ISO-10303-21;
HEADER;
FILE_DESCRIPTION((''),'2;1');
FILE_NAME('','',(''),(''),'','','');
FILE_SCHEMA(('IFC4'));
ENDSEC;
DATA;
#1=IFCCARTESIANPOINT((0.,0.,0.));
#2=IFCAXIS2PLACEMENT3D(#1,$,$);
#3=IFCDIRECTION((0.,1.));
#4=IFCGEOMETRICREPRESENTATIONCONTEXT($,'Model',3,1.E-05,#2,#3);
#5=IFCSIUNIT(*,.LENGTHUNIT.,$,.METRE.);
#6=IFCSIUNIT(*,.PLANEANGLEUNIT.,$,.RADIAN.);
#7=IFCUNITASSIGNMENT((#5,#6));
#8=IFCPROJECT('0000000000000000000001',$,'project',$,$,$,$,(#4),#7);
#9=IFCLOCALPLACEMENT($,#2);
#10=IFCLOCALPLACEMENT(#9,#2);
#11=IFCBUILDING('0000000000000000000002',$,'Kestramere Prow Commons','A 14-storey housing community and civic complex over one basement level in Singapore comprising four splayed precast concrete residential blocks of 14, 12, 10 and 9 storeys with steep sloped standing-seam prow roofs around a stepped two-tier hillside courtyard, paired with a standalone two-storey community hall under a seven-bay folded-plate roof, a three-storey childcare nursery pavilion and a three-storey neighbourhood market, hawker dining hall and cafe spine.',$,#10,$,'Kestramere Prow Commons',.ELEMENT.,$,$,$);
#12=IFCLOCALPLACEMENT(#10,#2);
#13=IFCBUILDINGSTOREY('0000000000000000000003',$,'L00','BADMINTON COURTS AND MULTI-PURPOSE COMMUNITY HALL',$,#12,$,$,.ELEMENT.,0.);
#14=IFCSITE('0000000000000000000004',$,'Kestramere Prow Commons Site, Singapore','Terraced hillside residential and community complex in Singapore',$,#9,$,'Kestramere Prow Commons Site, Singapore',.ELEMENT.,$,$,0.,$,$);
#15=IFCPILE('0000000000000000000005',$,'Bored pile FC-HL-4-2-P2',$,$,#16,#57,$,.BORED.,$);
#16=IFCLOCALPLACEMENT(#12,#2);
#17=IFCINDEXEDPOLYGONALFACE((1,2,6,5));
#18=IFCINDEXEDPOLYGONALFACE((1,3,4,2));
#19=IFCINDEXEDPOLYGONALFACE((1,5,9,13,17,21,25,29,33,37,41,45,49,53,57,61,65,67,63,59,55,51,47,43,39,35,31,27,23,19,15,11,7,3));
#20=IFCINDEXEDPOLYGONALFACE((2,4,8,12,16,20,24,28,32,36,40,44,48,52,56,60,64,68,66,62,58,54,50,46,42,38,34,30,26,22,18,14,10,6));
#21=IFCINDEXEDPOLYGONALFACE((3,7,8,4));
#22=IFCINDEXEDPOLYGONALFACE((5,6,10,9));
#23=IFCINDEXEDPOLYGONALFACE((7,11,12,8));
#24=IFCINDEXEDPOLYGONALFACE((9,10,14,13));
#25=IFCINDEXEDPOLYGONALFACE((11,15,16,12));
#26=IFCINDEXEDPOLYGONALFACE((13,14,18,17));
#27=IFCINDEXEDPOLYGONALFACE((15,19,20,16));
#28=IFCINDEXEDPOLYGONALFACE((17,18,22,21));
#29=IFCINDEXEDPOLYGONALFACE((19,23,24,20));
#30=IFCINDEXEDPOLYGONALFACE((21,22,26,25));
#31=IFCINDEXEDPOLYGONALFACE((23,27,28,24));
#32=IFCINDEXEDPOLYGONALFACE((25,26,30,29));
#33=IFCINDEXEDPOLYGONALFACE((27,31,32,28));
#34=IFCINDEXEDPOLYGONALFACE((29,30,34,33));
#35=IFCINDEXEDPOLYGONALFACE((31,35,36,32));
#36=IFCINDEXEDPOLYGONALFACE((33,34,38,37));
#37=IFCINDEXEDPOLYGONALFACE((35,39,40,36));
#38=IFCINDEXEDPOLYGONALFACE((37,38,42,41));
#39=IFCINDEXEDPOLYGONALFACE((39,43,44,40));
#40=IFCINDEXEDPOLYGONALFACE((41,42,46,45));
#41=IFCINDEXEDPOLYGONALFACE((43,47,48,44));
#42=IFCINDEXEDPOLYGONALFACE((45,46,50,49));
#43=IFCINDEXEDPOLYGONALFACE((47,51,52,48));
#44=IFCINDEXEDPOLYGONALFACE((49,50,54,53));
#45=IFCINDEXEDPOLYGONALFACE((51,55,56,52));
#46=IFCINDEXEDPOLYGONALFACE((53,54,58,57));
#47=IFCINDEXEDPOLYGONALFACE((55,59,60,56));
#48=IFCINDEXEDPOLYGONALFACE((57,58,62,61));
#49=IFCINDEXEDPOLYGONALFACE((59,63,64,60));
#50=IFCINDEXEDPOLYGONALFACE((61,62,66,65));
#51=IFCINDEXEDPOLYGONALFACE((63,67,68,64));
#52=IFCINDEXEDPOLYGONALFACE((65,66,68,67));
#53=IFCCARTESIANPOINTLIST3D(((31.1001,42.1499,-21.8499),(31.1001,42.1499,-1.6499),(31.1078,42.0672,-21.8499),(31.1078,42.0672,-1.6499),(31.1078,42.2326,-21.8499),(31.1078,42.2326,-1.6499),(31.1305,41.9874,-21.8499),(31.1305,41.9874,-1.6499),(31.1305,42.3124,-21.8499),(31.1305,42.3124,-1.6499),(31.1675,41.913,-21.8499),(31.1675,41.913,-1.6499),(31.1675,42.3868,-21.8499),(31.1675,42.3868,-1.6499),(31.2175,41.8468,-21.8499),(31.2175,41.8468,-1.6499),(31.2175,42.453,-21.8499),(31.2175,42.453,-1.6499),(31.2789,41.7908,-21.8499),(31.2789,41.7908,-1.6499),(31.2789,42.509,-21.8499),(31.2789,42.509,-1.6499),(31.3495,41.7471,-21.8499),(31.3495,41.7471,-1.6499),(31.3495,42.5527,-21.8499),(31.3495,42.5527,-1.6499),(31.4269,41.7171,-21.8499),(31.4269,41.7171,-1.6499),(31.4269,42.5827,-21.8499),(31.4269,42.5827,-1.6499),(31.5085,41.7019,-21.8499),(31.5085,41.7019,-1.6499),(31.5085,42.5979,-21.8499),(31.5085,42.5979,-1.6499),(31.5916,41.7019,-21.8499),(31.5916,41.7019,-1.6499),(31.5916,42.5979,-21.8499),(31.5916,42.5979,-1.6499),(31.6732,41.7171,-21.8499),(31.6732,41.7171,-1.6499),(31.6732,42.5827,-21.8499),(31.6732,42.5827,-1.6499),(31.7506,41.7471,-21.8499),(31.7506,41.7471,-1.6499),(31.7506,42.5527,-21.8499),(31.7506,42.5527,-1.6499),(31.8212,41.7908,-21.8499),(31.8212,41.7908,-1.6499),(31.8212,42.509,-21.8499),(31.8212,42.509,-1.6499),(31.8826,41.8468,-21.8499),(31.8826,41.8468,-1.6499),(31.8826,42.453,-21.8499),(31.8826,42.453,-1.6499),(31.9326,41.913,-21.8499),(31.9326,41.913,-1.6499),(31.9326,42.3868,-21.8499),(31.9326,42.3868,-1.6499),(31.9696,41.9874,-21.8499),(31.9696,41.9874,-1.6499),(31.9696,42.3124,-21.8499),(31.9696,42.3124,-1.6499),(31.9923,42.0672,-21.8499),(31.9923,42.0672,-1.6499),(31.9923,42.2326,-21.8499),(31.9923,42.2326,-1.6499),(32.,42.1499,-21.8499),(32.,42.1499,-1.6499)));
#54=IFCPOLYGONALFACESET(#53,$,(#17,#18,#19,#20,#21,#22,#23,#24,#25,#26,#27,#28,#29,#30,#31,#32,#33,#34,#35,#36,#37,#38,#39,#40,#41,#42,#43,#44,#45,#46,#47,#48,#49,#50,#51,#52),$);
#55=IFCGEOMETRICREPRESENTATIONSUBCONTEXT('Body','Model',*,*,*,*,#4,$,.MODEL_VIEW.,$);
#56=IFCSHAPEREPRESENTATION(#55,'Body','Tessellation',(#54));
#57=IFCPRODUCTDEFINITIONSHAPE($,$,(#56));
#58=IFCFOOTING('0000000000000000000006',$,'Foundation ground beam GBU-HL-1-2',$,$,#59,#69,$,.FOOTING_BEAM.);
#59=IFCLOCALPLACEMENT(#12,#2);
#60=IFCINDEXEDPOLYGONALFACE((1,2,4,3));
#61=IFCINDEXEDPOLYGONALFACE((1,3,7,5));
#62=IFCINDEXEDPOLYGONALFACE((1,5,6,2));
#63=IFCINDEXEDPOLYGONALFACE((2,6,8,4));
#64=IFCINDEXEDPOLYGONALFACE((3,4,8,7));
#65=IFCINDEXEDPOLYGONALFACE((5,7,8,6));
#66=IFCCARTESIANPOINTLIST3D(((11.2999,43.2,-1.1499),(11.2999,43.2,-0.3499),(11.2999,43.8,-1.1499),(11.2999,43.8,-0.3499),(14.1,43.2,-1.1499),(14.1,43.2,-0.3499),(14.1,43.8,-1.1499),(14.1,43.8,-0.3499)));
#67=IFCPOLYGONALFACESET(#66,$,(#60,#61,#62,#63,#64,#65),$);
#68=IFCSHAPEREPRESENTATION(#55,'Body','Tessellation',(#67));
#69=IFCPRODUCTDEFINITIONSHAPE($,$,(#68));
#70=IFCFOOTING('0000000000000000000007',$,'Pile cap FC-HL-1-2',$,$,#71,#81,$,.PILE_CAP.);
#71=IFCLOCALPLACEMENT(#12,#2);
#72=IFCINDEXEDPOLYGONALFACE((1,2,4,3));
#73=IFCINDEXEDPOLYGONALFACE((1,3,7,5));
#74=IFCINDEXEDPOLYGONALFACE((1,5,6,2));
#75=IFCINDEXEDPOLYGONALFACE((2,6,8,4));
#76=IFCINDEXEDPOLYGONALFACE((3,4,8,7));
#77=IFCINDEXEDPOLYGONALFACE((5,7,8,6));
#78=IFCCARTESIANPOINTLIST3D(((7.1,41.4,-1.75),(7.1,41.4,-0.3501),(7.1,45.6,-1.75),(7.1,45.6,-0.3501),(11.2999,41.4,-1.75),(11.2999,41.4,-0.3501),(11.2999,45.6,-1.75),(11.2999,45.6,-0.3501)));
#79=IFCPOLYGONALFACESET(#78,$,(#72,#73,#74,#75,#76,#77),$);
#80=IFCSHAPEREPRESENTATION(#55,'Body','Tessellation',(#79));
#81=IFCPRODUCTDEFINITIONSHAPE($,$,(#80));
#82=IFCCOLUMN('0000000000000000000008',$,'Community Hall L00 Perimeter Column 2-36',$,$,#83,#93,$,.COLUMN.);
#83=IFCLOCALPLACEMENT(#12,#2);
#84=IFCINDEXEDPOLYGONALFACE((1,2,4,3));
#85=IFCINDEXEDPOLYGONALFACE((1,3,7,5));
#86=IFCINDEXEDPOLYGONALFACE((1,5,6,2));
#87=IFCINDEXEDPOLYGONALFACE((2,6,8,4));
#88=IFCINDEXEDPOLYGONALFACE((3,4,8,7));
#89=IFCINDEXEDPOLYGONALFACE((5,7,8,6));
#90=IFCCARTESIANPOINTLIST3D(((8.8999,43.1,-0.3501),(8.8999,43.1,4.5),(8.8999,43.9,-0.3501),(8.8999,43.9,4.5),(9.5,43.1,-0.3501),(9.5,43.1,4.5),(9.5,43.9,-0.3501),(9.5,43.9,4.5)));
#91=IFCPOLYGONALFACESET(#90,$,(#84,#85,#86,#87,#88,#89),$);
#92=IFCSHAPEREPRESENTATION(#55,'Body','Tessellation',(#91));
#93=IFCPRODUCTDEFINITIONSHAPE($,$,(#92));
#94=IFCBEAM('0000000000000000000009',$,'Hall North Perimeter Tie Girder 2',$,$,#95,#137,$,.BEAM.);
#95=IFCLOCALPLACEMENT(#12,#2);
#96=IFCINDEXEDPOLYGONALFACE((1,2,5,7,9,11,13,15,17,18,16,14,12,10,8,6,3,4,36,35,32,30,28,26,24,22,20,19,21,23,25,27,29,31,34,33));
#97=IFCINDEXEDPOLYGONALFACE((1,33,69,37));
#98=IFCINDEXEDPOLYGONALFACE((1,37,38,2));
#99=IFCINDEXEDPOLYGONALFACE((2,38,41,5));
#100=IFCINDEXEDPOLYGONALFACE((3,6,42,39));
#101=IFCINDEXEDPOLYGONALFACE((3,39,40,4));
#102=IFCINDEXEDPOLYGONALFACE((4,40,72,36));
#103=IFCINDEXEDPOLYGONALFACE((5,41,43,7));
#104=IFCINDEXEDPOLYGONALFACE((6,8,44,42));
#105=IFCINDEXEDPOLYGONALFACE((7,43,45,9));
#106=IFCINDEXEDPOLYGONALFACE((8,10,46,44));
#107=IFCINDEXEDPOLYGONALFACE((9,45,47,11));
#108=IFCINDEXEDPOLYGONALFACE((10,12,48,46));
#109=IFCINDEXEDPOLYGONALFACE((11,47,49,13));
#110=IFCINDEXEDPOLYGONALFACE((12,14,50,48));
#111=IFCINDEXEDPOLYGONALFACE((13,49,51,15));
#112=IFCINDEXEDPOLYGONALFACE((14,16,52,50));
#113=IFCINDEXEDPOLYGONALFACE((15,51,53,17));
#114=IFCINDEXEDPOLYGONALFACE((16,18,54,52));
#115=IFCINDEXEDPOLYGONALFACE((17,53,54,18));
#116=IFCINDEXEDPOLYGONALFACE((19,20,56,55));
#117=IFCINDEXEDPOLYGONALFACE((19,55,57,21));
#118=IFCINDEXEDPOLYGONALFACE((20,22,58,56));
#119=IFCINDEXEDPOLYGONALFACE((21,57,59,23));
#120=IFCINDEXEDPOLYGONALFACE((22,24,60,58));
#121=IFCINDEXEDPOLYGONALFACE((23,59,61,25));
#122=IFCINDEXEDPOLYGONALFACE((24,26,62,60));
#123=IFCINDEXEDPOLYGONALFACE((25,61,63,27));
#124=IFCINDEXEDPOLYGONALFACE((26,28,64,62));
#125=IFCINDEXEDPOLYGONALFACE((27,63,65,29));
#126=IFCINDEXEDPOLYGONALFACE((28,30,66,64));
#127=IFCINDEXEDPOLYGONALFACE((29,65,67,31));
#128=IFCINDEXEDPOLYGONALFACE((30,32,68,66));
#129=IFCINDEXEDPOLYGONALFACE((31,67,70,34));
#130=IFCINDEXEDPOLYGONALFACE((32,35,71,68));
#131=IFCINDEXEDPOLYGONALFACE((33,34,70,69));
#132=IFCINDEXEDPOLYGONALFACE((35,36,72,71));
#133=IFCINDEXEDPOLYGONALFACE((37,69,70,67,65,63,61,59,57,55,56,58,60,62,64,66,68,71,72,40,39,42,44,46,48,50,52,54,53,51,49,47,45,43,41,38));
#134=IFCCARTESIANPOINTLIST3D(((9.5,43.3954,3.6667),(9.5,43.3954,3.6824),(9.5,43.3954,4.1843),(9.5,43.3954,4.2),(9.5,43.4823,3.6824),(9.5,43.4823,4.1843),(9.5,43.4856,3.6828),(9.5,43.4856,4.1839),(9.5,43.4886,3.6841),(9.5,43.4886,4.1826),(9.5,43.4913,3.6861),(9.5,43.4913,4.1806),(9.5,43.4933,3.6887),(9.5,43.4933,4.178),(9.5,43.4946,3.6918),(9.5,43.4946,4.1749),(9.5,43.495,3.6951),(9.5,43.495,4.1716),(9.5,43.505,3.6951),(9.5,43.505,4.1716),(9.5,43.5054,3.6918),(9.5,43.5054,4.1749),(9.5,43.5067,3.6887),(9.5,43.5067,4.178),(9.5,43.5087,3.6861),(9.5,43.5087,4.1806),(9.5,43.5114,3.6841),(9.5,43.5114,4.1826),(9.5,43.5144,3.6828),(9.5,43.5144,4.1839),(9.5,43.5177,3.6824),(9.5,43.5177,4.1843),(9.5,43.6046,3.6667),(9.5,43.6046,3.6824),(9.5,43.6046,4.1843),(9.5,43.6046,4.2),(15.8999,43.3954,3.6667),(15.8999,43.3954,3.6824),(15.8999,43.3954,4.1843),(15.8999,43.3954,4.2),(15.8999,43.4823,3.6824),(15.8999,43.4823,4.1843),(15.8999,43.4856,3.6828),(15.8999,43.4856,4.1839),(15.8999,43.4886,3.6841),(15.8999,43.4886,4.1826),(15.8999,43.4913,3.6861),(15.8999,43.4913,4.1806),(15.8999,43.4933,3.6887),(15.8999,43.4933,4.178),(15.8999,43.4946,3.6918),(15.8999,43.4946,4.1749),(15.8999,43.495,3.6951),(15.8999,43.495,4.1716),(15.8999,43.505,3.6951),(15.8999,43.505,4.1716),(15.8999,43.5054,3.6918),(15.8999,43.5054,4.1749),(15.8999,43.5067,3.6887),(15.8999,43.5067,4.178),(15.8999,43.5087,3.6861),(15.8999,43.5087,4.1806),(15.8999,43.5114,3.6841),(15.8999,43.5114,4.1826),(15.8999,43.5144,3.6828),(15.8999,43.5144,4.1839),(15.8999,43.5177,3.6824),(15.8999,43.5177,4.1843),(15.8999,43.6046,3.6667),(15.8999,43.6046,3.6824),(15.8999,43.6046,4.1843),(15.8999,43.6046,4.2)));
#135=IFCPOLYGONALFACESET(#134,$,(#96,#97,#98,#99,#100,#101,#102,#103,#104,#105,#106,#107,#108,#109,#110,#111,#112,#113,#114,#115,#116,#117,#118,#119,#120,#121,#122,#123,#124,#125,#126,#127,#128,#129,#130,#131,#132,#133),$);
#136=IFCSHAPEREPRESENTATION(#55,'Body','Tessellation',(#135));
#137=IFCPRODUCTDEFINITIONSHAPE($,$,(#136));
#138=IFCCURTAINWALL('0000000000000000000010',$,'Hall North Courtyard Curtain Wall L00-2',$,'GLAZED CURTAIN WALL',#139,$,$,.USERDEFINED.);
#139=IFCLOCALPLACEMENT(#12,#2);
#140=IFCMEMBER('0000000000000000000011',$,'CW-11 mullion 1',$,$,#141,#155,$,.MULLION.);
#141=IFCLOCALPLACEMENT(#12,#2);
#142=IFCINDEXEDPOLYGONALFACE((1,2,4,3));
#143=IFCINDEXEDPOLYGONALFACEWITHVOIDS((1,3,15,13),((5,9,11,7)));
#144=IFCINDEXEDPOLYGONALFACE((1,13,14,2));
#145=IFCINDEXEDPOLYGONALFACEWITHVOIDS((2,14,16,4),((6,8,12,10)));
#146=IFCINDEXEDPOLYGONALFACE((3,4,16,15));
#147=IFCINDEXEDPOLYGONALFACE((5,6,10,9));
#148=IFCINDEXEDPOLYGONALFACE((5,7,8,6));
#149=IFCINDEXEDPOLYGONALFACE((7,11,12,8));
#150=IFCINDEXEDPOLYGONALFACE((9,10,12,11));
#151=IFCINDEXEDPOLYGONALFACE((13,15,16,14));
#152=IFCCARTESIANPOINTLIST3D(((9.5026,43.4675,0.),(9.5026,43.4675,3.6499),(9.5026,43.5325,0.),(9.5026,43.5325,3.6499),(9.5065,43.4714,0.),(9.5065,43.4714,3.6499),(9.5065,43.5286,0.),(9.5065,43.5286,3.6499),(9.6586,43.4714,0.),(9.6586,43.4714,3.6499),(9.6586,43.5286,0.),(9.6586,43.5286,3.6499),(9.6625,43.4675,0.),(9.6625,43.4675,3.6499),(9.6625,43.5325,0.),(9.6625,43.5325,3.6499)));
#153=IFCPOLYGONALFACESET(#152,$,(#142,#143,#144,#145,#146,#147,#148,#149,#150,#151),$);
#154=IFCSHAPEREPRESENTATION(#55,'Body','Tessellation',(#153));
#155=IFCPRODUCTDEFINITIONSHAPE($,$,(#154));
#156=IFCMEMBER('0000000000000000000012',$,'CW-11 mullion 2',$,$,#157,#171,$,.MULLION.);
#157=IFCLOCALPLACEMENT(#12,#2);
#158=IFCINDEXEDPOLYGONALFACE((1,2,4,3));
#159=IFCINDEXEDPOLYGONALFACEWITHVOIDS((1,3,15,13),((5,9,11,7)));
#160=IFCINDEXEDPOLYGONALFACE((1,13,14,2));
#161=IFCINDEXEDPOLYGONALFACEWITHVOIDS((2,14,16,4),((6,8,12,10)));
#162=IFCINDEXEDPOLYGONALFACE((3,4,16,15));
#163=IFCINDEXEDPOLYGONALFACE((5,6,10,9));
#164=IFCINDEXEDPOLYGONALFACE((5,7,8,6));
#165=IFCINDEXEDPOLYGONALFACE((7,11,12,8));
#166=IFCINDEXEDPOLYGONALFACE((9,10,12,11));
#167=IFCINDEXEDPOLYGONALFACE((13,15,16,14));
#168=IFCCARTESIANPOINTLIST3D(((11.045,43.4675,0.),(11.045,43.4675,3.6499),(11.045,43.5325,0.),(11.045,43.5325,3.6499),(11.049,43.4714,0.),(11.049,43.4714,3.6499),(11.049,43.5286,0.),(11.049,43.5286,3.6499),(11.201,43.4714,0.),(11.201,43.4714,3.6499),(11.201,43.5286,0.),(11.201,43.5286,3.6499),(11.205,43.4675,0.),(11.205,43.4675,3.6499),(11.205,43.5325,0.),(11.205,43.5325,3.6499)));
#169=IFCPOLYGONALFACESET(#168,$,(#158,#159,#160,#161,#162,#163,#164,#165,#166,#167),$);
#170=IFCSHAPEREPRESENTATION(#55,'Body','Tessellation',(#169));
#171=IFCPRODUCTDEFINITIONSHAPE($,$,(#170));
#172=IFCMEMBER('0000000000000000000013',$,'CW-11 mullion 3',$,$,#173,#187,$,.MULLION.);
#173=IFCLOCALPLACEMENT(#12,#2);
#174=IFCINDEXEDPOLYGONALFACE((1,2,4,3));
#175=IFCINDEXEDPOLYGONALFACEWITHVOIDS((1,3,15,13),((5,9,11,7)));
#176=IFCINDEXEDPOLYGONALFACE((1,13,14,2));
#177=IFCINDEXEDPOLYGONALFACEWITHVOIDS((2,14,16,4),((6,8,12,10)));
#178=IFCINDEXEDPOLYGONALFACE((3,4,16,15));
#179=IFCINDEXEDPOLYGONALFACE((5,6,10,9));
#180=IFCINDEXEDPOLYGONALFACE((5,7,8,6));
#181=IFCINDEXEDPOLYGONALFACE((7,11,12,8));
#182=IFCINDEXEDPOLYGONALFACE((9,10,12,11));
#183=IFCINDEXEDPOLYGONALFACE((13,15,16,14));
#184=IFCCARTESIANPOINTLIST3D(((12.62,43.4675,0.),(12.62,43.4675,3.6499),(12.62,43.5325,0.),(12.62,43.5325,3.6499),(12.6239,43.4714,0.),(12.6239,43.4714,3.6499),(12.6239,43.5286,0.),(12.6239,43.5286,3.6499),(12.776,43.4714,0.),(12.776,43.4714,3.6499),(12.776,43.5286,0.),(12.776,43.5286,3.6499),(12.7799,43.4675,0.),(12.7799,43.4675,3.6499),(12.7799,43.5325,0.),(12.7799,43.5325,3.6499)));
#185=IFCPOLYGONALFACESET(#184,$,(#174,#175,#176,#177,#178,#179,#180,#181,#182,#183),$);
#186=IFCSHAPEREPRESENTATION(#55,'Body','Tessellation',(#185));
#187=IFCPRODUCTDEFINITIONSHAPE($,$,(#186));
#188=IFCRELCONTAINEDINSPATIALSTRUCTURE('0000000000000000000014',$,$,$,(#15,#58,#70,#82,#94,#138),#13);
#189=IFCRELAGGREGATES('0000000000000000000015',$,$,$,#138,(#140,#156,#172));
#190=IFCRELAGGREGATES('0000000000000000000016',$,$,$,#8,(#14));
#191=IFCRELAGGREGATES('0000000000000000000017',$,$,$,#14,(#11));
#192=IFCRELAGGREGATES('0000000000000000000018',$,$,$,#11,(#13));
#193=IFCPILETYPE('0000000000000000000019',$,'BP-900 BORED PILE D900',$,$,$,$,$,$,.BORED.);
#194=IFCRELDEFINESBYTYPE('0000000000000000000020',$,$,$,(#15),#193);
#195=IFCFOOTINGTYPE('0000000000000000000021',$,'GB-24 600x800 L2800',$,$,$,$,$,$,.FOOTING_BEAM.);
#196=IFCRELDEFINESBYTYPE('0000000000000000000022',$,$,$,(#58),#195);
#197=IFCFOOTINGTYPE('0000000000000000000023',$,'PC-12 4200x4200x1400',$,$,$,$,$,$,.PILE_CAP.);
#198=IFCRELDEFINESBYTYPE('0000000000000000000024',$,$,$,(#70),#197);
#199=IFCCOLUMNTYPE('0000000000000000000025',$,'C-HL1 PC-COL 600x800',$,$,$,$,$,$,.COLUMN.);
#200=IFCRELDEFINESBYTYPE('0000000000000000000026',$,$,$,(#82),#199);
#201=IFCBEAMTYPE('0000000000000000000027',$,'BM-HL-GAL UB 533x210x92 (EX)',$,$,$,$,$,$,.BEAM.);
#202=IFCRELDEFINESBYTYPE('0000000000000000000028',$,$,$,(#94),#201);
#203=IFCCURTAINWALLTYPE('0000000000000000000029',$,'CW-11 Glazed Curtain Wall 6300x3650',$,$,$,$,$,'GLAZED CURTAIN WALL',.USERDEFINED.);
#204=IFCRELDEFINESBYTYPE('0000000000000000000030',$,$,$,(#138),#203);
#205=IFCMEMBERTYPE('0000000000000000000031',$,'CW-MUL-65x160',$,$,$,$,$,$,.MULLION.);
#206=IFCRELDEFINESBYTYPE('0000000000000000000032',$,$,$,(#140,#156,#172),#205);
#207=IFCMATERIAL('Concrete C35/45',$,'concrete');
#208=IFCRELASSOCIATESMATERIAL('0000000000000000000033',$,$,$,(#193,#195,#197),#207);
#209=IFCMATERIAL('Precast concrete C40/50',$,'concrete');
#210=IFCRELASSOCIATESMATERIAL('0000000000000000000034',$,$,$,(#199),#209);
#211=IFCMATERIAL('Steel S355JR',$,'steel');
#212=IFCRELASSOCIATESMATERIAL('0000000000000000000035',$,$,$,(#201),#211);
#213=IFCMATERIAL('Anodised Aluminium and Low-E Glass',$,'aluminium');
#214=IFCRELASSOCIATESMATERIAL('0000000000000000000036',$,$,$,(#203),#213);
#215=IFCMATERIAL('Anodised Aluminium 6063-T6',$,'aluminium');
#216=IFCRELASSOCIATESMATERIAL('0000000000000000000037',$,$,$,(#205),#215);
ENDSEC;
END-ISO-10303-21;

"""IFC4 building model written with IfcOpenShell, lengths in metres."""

from ifc_helpers import new_model, si_unit, direction, frame, origin, origin_2d, place, context, subcontext, project, spatial, rectangle, hollow_rectangle, circle, i_section, extrude, material, material_profile, profile_set, type_object, element, aggregate, save


model = new_model("IFC4")

# Units and contexts
model_context = context("Model", 3, precision=1e-05, world=origin(), true_north=direction((0.0, 1.0)))
body_context = subcontext(model_context, "Body", "Model", "MODEL_VIEW")
ifc_project = project(units=[si_unit("LENGTHUNIT", "METRE"), si_unit("PLANEANGLEUNIT", "RADIAN")], contexts=[model_context])

# Site, building, storey
site_placement = place(None, origin())
site = spatial("IfcSite", under=ifc_project, at=site_placement, Name="Kestramere Prow Commons Site, Singapore", Description="Terraced hillside residential and community complex in Singapore", LongName="Kestramere Prow Commons Site, Singapore", CompositionType="ELEMENT", RefElevation=0.0)
building_placement = place(site_placement, origin())
building = spatial("IfcBuilding", under=site, at=building_placement, Name="Kestramere Prow Commons", Description="A 14-storey housing community and civic complex over one basement level in Singapore comprising four splayed precast concrete residential blocks of 14, 12, 10 and 9 storeys with steep sloped standing-seam prow roofs around a stepped two-tier hillside courtyard, paired with a standalone two-storey community hall under a seven-bay folded-plate roof, a three-storey childcare nursery pavilion and a three-storey neighbourhood market, hawker dining hall and cafe spine.", LongName="Kestramere Prow Commons", CompositionType="ELEMENT")
storey_placement = place(building_placement, origin())
storey = spatial("IfcBuildingStorey", under=building, at=storey_placement, Name="L00", Description="BADMINTON COURTS AND MULTI-PURPOSE COMMUNITY HALL", CompositionType="ELEMENT", Elevation=0.0)

# Pile
ifc_material_1 = material(Name="Concrete C35/45", Category="concrete")
ifc_material_profile_1 = material_profile(ifc_material_1, circle(Radius=0.45, at=origin_2d()), Name="BORED PILE D900")
ifc_profile_set_1 = profile_set([ifc_material_profile_1], Name="Concrete C35/45")
pile_type = type_object("IfcPileType", Name="BP-900 BORED PILE D900", PredefinedType="BORED", material=ifc_profile_set_1)
pile_placement = place(storey_placement, frame((31.55, 42.1499, -1.6499), z_axis=(0.0, 0.0, -1.0), x_axis=(1.0, 0.0, 0.0)))
element("IfcPile", 1, at=pile_placement, inside=storey, type_object=pile_type, Name="Bored pile FC-HL-4-2-P2", PredefinedType="BORED", context=body_context, shape_type="SweptSolid", body=[
    extrude(circle(Radius=0.45, at=origin_2d()), origin(), (0.0, 0.0, 1.0), 20.2),
])

# Footings
footing_type_1 = type_object("IfcFootingType", Name="GB-24 600x800 L2800", PredefinedType="FOOTING_BEAM", material=ifc_material_1)
footing_1_placement = place(storey_placement, frame((12.7, 43.5, -1.1499), z_axis=(0.0, 0.0, 1.0), x_axis=(1.0, 0.0, 0.0)))
element("IfcFooting", 2, at=footing_1_placement, inside=storey, type_object=footing_type_1, Name="Foundation ground beam GBU-HL-1-2", PredefinedType="FOOTING_BEAM", context=body_context, shape_type="SweptSolid", body=[
    extrude(rectangle(XDim=2.8, YDim=0.6001, at=origin_2d()), origin(), (0.0, 0.0, 1.0), 0.8),
])
footing_type_2 = type_object("IfcFootingType", Name="PC-12 4200x4200x1400", PredefinedType="PILE_CAP", material=ifc_material_1)
footing_2_placement = place(storey_placement, frame((9.2, 43.5, -1.75), z_axis=(0.0, 0.0, 1.0), x_axis=(1.0, 0.0, 0.0)))
element("IfcFooting", 3, at=footing_2_placement, inside=storey, type_object=footing_type_2, Name="Pile cap FC-HL-1-2", PredefinedType="PILE_CAP", context=body_context, shape_type="SweptSolid", body=[
    extrude(rectangle(XDim=4.2, YDim=4.2, at=origin_2d()), origin(), (0.0, 0.0, 1.0), 1.3999),
])

# Column
ifc_material_2 = material(Name="Precast concrete C40/50", Category="concrete")
ifc_material_profile_2 = material_profile(ifc_material_2, rectangle(XDim=0.6001, YDim=0.8, at=origin_2d()), Name="PC-COL 600x800")
ifc_profile_set_2 = profile_set([ifc_material_profile_2], Name="Precast concrete C40/50")
column_type = type_object("IfcColumnType", Name="C-HL1 PC-COL 600x800", PredefinedType="COLUMN", material=ifc_profile_set_2)
column_placement = place(storey_placement, frame((9.2, 43.5, -0.3501), z_axis=(0.0, 0.0, 1.0), x_axis=(1.0, 0.0, 0.0)))
element("IfcColumn", 4, at=column_placement, inside=storey, type_object=column_type, Name="Community Hall L00 Perimeter Column 2-36", PredefinedType="COLUMN", context=body_context, shape_type="SweptSolid", body=[
    extrude(rectangle(XDim=0.6001, YDim=0.8, at=origin_2d()), origin(), (0.0, 0.0, 1.0), 4.8501),
])

# Beam
ifc_material_3 = material(Name="Steel S355JR", Category="steel")
ifc_material_profile_3 = material_profile(ifc_material_3, i_section(OverallWidth=0.2092, OverallDepth=0.5332, WebThickness=0.01, FlangeThickness=0.0156, FilletRadius=0.0127, at=origin_2d()), Name="UB 533x210x92")
ifc_profile_set_3 = profile_set([ifc_material_profile_3], Name="Steel S355JR")
beam_type = type_object("IfcBeamType", Name="BM-HL-GAL UB 533x210x92 (EX)", PredefinedType="BEAM", material=ifc_profile_set_3)
beam_placement = place(storey_placement, frame((9.5, 43.5, 3.9333), z_axis=(1.0, 0.0, 0.0), x_axis=(0.0, 1.0, 0.0)))
element("IfcBeam", 5, at=beam_placement, inside=storey, type_object=beam_type, Name="Hall North Perimeter Tie Girder 2", PredefinedType="BEAM", context=body_context, shape_type="SweptSolid", body=[
    extrude(i_section(OverallWidth=0.2092, OverallDepth=0.5332, WebThickness=0.01, FlangeThickness=0.0156, FilletRadius=0.0127, at=origin_2d()), origin(), (0.0, 0.0, 1.0), 6.3999),
])

# Curtain wall, members
ifc_material_4 = material(Name="Anodised Aluminium and Low-E Glass", Category="aluminium")
curtain_wall_type = type_object("IfcCurtainWallType", Name="CW-11 Glazed Curtain Wall 6300x3650", ElementType="GLAZED CURTAIN WALL", PredefinedType="USERDEFINED", material=ifc_material_4)
curtain_wall_placement = place(storey_placement, origin())
curtain_wall = element("IfcCurtainWall", 6, at=curtain_wall_placement, inside=storey, type_object=curtain_wall_type, Name="Hall North Courtyard Curtain Wall L00-2", ObjectType="GLAZED CURTAIN WALL", PredefinedType="USERDEFINED")
ifc_material_5 = material(Name="Anodised Aluminium 6063-T6", Category="aluminium")
ifc_material_profile_4 = material_profile(ifc_material_5, hollow_rectangle(XDim=0.0649, YDim=0.1599, WallThickness=0.0039, at=origin_2d()), Name="ALU-MUL 65x160")
ifc_profile_set_4 = profile_set([ifc_material_profile_4], Name="Anodised Aluminium 6063-T6")
member_type_1 = type_object("IfcMemberType", Name="CW-MUL-65x160", PredefinedType="MULLION", material=ifc_profile_set_4)
member_1_placement = place(storey_placement, frame((9.5825, 43.5, 0.0), z_axis=(0.0, 0.0, 1.0), x_axis=(0.0, 1.0, 0.0)))
member_1 = element("IfcMember", 7, at=member_1_placement, type_object=member_type_1, Name="CW-11 mullion 1", PredefinedType="MULLION", context=body_context, shape_type="SweptSolid", body=[
    extrude(hollow_rectangle(XDim=0.0649, YDim=0.1599, WallThickness=0.0039, at=origin_2d()), origin(), (0.0, 0.0, 1.0), 3.6499),
])
member_2_placement = place(storey_placement, frame((11.125, 43.5, 0.0), z_axis=(0.0, 0.0, 1.0), x_axis=(0.0, 1.0, 0.0)))
member_2 = element("IfcMember", 8, at=member_2_placement, type_object=member_type_1, Name="CW-11 mullion 2", PredefinedType="MULLION", context=body_context, shape_type="SweptSolid", body=[
    extrude(hollow_rectangle(XDim=0.0649, YDim=0.1599, WallThickness=0.0039, at=origin_2d()), origin(), (0.0, 0.0, 1.0), 3.6499),
])
member_3_placement = place(storey_placement, frame((12.7, 43.5, 0.0), z_axis=(0.0, 0.0, 1.0), x_axis=(0.0, 1.0, 0.0)))
member_3 = element("IfcMember", 9, at=member_3_placement, type_object=member_type_1, Name="CW-11 mullion 3", PredefinedType="MULLION", context=body_context, shape_type="SweptSolid", body=[
    extrude(hollow_rectangle(XDim=0.0649, YDim=0.1599, WallThickness=0.0039, at=origin_2d()), origin(), (0.0, 0.0, 1.0), 3.6499),
])
aggregate(curtain_wall, [member_1, member_2, member_3])

save(model, "model.ifc")
